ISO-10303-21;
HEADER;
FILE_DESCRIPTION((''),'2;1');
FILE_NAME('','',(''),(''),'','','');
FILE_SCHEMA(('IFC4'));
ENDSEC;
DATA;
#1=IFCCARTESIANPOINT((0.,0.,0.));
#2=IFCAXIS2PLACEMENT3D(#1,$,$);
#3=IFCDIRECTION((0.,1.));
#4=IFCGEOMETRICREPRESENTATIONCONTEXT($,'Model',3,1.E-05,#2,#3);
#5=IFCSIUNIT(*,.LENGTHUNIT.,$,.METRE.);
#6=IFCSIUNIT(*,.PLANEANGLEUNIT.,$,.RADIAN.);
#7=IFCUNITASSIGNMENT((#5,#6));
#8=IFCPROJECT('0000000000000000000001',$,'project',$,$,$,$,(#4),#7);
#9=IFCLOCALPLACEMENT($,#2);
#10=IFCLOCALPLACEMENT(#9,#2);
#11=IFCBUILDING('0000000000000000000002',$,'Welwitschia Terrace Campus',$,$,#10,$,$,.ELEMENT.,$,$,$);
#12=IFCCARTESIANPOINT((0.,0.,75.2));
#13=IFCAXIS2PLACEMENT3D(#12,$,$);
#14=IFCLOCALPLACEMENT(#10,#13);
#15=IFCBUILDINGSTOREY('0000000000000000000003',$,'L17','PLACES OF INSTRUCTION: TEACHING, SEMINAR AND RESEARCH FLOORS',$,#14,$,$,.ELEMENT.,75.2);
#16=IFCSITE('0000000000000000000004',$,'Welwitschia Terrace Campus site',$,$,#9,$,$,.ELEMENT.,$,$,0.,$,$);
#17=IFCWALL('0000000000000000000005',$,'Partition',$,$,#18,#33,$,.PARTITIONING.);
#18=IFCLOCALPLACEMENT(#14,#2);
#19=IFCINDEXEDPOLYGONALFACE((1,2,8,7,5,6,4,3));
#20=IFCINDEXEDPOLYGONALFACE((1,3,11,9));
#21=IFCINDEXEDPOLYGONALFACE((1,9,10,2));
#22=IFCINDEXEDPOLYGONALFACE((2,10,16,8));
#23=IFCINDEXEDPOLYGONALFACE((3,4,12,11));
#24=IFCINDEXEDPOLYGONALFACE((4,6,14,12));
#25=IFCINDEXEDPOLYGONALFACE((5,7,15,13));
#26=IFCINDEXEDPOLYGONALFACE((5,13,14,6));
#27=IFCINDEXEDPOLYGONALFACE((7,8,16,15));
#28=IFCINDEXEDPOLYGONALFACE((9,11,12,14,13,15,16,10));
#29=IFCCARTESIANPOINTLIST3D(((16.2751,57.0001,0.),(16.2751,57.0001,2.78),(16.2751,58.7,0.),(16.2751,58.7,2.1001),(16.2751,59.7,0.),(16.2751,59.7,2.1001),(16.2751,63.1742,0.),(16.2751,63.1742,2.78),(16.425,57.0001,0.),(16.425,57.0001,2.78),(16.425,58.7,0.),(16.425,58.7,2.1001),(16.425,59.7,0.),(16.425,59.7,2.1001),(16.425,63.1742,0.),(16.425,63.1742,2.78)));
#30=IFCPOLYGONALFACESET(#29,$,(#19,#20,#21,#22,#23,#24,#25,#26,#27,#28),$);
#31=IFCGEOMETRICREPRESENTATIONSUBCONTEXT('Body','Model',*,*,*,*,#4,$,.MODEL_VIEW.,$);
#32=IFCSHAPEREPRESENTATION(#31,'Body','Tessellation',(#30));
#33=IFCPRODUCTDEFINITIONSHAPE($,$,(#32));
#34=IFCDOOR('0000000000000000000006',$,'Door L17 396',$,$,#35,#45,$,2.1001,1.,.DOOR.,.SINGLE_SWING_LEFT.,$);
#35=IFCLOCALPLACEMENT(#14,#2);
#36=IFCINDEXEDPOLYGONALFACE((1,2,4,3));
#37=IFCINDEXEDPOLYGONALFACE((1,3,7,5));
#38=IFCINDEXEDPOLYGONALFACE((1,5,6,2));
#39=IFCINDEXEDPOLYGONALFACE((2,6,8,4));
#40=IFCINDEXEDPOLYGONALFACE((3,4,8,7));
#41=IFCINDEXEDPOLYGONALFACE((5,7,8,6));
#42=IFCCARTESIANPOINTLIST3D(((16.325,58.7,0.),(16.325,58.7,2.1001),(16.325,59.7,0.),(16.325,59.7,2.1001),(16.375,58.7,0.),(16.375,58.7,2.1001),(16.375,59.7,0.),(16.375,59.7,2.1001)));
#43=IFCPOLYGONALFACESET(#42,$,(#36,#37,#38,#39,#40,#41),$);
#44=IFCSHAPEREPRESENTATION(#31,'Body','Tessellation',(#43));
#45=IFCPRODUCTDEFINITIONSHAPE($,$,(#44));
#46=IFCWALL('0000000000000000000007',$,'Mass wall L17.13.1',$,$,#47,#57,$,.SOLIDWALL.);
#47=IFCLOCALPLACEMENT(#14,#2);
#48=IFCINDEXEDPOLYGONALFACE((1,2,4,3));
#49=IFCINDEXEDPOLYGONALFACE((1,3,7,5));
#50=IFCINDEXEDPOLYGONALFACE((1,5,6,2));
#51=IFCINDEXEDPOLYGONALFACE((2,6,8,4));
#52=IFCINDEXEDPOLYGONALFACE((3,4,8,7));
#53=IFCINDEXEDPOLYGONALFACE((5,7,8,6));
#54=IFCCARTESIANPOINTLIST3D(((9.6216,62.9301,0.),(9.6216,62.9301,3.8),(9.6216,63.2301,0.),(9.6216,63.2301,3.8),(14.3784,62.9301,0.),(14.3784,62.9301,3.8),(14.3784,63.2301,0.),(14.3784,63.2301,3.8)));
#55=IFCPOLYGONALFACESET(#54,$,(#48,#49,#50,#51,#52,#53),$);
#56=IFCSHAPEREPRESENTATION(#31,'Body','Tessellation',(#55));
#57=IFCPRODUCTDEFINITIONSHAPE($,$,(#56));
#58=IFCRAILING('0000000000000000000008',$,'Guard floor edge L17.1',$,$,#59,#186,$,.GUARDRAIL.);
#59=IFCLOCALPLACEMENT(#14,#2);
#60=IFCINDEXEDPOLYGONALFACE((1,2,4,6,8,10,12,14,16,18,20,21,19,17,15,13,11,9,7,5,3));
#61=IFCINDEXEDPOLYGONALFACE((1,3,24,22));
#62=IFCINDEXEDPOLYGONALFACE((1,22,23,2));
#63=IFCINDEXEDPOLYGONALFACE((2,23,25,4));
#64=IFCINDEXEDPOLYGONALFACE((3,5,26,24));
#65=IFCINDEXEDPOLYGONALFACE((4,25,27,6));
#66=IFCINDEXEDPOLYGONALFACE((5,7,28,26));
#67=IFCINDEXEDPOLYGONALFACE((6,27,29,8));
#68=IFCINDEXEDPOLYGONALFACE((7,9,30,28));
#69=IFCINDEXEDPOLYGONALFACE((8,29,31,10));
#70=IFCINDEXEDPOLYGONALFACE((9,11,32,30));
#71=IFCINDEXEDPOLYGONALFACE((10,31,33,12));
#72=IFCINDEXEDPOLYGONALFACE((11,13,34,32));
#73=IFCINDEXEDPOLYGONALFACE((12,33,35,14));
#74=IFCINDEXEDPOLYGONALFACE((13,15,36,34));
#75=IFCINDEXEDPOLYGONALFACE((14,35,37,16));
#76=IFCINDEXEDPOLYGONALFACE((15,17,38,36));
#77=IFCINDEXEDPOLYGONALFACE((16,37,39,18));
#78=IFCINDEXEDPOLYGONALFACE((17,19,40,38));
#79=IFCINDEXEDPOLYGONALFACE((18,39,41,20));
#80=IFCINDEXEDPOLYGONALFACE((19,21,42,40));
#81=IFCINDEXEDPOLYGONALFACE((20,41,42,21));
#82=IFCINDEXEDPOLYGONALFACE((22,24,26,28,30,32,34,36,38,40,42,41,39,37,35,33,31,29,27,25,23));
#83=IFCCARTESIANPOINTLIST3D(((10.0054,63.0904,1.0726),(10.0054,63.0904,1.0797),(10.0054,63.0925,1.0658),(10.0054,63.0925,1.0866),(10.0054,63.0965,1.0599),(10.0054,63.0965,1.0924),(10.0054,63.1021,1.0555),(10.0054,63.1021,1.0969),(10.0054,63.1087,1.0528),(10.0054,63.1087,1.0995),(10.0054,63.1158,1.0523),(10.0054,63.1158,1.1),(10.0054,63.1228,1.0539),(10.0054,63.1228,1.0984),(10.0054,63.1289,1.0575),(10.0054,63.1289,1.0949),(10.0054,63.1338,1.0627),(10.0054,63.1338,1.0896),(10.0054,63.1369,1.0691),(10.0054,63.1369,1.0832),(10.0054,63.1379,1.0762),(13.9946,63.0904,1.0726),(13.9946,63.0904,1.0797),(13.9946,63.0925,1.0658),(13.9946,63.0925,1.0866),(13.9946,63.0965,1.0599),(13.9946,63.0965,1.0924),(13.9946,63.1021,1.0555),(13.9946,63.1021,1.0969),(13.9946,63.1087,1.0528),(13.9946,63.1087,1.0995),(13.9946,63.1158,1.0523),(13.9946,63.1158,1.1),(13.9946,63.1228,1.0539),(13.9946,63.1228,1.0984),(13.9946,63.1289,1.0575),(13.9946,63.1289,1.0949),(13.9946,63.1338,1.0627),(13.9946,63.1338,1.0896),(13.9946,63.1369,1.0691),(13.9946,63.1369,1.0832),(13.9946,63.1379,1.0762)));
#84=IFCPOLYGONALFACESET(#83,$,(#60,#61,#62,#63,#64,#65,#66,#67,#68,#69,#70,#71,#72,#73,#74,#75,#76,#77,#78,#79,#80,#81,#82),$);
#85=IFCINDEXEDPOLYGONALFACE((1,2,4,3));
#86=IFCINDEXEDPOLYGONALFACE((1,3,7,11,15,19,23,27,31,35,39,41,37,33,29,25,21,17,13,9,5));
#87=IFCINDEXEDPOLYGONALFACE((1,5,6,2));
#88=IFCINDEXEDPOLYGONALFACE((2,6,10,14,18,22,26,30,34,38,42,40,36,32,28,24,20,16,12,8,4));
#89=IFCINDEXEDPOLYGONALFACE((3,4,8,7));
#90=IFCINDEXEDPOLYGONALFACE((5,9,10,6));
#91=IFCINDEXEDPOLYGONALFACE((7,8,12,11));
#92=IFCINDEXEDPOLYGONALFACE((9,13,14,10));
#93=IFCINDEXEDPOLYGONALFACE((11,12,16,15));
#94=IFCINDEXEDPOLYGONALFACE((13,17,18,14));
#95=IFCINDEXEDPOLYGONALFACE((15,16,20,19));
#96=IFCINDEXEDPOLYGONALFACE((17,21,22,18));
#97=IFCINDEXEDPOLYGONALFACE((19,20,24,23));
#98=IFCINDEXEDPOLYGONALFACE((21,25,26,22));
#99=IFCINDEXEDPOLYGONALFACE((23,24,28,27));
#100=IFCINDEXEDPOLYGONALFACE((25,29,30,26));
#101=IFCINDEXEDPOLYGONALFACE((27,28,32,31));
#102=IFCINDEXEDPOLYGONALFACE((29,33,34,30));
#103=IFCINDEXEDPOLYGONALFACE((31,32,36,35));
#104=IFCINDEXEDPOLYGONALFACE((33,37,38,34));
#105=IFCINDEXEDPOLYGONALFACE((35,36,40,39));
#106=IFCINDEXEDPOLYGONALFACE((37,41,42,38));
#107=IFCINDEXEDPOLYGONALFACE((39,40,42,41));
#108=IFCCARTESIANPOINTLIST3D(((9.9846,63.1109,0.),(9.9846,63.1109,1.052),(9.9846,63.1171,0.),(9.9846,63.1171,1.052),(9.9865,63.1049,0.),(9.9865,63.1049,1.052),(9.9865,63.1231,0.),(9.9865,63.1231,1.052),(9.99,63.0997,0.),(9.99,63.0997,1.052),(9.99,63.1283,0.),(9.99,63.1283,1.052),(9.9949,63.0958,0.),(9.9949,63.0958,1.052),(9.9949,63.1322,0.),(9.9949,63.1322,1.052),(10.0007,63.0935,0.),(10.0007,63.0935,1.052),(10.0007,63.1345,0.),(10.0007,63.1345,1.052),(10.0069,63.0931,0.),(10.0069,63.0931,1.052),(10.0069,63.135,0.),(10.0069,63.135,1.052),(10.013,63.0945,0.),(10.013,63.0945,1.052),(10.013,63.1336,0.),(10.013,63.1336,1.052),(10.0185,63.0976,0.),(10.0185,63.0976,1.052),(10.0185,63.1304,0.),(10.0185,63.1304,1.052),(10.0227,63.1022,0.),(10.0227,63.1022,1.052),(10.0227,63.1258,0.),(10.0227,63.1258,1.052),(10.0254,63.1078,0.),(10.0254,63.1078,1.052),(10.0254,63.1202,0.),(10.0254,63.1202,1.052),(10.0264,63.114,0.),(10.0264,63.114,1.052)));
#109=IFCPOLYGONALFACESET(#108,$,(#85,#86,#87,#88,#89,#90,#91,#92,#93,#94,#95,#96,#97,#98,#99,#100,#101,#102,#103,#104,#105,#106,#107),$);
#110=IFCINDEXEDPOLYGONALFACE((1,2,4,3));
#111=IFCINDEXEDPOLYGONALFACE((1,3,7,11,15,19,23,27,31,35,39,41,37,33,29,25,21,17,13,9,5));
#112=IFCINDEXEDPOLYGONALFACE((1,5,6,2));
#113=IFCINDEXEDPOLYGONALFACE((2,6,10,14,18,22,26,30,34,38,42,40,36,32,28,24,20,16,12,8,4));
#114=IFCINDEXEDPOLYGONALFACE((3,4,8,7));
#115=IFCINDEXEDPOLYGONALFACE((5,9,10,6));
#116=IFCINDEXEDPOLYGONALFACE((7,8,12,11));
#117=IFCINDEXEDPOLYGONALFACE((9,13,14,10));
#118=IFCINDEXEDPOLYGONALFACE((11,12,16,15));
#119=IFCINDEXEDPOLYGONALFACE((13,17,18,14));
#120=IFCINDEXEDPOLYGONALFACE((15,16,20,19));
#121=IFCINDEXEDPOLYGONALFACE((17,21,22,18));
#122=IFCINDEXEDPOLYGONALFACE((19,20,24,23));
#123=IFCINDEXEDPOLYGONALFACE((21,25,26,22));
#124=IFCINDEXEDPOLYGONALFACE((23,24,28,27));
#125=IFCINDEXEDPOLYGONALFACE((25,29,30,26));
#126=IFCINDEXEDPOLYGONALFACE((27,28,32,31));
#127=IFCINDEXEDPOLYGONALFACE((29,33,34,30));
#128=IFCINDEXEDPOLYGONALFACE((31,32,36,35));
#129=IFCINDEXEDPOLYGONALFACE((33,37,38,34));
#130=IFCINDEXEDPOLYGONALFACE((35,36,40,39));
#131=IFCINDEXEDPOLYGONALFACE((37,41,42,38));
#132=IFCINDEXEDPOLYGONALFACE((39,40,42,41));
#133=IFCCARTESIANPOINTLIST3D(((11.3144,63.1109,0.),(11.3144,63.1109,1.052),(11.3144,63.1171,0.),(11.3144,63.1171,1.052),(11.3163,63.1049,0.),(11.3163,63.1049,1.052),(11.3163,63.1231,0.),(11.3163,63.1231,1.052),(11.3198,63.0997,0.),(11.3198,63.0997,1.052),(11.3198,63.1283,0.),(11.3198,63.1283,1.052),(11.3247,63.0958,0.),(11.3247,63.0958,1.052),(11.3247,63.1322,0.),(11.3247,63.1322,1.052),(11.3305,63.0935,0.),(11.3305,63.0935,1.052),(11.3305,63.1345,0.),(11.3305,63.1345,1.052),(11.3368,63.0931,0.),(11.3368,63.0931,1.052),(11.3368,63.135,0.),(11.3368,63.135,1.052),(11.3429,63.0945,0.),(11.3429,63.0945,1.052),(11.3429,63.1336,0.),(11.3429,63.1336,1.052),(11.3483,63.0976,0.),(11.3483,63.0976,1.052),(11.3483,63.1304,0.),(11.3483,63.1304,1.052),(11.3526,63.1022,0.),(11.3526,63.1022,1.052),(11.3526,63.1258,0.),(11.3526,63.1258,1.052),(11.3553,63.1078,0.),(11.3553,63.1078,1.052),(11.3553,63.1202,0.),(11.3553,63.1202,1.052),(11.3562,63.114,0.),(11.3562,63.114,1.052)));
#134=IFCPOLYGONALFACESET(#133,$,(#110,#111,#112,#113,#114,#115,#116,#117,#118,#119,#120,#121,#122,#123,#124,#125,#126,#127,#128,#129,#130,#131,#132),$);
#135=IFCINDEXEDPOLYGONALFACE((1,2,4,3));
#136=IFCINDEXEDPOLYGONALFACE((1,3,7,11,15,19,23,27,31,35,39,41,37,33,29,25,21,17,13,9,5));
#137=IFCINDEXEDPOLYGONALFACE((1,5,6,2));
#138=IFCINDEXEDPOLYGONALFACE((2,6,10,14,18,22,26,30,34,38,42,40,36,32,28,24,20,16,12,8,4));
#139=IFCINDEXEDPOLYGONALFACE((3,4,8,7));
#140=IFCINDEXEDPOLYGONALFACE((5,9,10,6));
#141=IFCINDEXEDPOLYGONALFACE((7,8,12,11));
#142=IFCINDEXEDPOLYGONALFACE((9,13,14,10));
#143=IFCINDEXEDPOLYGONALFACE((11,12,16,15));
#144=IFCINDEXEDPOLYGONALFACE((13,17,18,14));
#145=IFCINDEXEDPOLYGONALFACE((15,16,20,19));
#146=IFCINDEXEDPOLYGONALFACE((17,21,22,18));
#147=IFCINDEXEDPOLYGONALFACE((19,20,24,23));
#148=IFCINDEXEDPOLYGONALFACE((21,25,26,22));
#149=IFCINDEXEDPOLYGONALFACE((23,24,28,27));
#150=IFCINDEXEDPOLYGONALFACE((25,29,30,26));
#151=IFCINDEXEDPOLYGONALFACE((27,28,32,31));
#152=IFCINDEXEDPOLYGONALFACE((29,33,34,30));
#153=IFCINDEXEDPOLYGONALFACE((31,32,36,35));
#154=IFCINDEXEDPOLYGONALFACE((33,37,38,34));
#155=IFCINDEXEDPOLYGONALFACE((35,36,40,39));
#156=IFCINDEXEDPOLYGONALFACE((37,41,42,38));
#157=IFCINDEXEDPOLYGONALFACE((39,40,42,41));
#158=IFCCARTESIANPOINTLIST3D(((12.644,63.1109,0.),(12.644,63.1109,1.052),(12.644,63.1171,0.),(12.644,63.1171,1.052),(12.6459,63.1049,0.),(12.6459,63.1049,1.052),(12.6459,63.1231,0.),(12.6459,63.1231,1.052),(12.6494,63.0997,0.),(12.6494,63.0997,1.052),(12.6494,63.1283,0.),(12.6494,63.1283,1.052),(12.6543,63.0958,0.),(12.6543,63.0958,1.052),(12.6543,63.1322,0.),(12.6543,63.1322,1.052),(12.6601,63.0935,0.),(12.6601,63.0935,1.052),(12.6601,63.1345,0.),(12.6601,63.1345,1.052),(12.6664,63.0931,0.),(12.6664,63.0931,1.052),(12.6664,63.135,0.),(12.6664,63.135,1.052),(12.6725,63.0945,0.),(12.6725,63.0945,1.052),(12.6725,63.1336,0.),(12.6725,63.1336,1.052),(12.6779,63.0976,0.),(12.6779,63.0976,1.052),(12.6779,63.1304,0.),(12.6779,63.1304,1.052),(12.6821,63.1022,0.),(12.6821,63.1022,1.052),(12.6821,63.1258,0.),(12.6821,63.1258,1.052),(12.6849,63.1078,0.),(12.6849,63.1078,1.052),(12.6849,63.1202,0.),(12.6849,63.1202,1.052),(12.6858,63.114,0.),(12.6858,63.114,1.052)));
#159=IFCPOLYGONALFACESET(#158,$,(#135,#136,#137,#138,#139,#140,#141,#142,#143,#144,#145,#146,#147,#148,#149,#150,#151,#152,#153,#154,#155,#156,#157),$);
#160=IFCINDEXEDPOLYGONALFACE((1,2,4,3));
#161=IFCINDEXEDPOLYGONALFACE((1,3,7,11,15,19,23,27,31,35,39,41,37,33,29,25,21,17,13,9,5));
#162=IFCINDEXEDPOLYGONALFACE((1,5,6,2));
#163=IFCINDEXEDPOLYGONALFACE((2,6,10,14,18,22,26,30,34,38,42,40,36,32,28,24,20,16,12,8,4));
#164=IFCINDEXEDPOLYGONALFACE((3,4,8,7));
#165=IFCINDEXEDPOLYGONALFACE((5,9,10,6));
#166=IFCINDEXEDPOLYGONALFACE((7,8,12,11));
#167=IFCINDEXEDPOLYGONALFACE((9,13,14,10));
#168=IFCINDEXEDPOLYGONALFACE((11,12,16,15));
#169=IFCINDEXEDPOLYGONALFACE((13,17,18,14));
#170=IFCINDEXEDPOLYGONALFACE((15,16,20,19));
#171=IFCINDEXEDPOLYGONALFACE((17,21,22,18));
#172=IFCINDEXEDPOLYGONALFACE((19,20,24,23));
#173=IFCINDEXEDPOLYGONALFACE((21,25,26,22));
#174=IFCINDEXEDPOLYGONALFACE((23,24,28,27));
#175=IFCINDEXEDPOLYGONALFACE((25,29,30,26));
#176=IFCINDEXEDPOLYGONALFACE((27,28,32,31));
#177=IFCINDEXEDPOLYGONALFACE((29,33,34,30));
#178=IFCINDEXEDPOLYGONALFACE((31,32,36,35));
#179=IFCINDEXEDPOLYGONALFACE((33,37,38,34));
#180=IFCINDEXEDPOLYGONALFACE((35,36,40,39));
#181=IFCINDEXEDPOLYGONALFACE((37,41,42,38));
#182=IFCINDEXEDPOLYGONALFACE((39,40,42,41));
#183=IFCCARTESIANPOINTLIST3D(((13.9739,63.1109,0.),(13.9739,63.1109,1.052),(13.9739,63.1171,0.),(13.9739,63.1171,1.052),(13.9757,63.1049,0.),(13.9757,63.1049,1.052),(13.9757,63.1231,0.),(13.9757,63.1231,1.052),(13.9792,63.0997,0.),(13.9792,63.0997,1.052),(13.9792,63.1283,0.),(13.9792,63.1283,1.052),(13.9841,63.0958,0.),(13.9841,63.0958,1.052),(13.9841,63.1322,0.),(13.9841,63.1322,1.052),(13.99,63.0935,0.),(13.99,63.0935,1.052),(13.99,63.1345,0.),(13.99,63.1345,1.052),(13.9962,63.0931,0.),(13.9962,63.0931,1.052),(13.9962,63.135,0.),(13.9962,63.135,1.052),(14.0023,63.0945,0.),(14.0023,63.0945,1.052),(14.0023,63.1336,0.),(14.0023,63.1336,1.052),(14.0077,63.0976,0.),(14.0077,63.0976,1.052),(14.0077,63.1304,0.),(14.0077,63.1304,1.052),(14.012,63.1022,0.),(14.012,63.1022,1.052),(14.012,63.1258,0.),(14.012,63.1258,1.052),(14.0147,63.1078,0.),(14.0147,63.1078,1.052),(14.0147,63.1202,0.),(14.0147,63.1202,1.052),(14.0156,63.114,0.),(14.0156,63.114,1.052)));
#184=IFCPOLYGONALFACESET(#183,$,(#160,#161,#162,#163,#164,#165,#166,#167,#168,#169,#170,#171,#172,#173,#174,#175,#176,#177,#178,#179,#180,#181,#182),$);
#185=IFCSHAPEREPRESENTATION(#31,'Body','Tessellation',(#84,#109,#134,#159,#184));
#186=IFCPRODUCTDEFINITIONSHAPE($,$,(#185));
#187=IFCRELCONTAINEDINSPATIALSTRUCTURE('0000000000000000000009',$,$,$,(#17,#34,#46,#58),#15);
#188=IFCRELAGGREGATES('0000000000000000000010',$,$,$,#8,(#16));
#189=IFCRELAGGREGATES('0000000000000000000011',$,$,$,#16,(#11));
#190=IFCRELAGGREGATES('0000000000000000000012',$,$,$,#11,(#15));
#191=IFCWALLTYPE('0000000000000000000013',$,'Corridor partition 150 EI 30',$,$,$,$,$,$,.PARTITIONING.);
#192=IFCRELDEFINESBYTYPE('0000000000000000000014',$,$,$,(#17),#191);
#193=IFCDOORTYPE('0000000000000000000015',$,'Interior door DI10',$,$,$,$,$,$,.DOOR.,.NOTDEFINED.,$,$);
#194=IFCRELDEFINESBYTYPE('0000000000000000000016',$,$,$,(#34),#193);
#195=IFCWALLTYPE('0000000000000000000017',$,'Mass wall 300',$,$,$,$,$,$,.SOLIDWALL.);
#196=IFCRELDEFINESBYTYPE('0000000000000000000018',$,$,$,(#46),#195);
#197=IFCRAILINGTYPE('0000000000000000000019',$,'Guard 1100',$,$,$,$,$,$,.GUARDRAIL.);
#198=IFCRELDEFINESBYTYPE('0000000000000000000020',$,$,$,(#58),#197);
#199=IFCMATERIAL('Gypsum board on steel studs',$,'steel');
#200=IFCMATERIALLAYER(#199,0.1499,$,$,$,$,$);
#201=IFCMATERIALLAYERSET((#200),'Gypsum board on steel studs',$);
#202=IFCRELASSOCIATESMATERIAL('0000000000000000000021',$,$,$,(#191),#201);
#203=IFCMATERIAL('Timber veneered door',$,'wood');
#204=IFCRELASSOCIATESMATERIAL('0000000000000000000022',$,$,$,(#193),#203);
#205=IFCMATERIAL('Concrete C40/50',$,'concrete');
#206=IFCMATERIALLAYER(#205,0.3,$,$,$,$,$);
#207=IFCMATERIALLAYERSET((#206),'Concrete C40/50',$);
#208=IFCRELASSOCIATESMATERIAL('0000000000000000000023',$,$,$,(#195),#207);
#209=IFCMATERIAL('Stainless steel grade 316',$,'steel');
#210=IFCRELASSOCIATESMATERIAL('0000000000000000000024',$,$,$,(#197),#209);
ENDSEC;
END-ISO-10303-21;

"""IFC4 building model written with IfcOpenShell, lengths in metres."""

from ifc_helpers import new_model, si_unit, direction, frame, frame_2d, origin, origin_2d, place, context, subcontext, project, spatial, rectangle, circle, extrude, material, layer, layer_set, type_object, element, fill, save


model = new_model("IFC4")

# Units and contexts
model_context = context("Model", 3, precision=1e-05, world=origin(), true_north=direction((0.0, 1.0)))
body_context = subcontext(model_context, "Body", "Model", "MODEL_VIEW")
ifc_project = project(units=[si_unit("LENGTHUNIT", "METRE"), si_unit("PLANEANGLEUNIT", "RADIAN")], contexts=[model_context])

# Site, building, storey
site_placement = place(None, origin())
site = spatial("IfcSite", under=ifc_project, at=site_placement, Name="Welwitschia Terrace Campus site", CompositionType="ELEMENT", RefElevation=0.0)
building_placement = place(site_placement, origin())
building = spatial("IfcBuilding", under=site, at=building_placement, Name="Welwitschia Terrace Campus", CompositionType="ELEMENT")
storey_placement = place(building_placement, frame((0.0, 0.0, 75.2)))
storey = spatial("IfcBuildingStorey", under=building, at=storey_placement, Name="L17", Description="PLACES OF INSTRUCTION: TEACHING, SEMINAR AND RESEARCH FLOORS", CompositionType="ELEMENT", Elevation=75.2)

# Shared definitions
ifc_material_1 = material(Name="Gypsum board on steel studs", Category="steel")
ifc_layer_1 = layer(ifc_material_1, 0.1499)
ifc_layer_set_1 = layer_set([ifc_layer_1], Name="Gypsum board on steel studs")
wall_type_1 = type_object("IfcWallType", Name="Corridor partition 150 EI 30", PredefinedType="PARTITIONING", material=ifc_layer_set_1)
ifc_material_2 = material(Name="Timber veneered door", Category="wood")
door_type_1 = type_object("IfcDoorType", Name="Interior door DI10", OperationType="NOTDEFINED", PredefinedType="DOOR", material=ifc_material_2)

# Wall, opening, door
wall_1_placement = place(storey_placement, frame((16.3501, 63.1741, 0.0), z_axis=(0.0, 0.0, 1.0), x_axis=(0.0, -1.0, 0.0)))
wall_1 = element("IfcWall", 1, at=wall_1_placement, inside=storey, type_object=wall_type_1, Name="Partition", PredefinedType="PARTITIONING", context=body_context, shape_type="SweptSolid", body=[
    extrude(rectangle(XDim=6.1741, YDim=0.1499, at=frame_2d((3.0869, 0.0))), origin(), (0.0, 0.0, 1.0), 2.78),
])
opening_1_placement = place(wall_1_placement, frame((3.4741, 0.0, 0.0)))
opening_1 = element("IfcOpeningElement", 2, at=opening_1_placement, cuts=wall_1, PredefinedType="OPENING", context=body_context, shape_type="SweptSolid", body=[
    extrude(rectangle(XDim=1.0, YDim=2.1001, at=frame_2d((0.5, 1.05))), frame((0.0, 0.085, 0.0), z_axis=(0.0, -1.0, 0.0), x_axis=(1.0, 0.0, 0.0)), (0.0, 0.0, 1.0), 0.1699),
])
door_1_placement = place(opening_1_placement, origin())
door_1 = element("IfcDoor", 3, at=door_1_placement, inside=storey, type_object=door_type_1, Name="Door L17 396", OperationType="SINGLE_SWING_LEFT", OverallHeight=2.1001, OverallWidth=1.0, PredefinedType="DOOR", context=body_context, shape_type="SweptSolid", body=[
    extrude(rectangle(XDim=1.0, YDim=2.1001, at=frame_2d((0.5, 1.05))), frame((0.0, 0.0249, 0.0), z_axis=(0.0, -1.0, 0.0), x_axis=(1.0, 0.0, 0.0)), (0.0, 0.0, 1.0), 0.05),
])
fill(opening_1, door_1)

# Wall
ifc_material_3 = material(Name="Concrete C40/50", Category="concrete")
ifc_layer_2 = layer(ifc_material_3, 0.3)
ifc_layer_set_2 = layer_set([ifc_layer_2], Name="Concrete C40/50")
wall_type_2 = type_object("IfcWallType", Name="Mass wall 300", PredefinedType="SOLIDWALL", material=ifc_layer_set_2)
wall_2_placement = place(storey_placement, frame((14.3784, 63.0801, 0.0), z_axis=(0.0, 0.0, 1.0), x_axis=(-1.0, 0.0, 0.0)))
element("IfcWall", 4, at=wall_2_placement, inside=storey, type_object=wall_type_2, Name="Mass wall L17.13.1", PredefinedType="SOLIDWALL", context=body_context, shape_type="SweptSolid", body=[
    extrude(rectangle(XDim=4.7568, YDim=0.3, at=frame_2d((2.3784, 0.0))), origin(), (0.0, 0.0, 1.0), 3.8),
])

# Railing
ifc_material_4 = material(Name="Stainless steel grade 316", Category="steel")
railing_type = type_object("IfcRailingType", Name="Guard 1100", PredefinedType="GUARDRAIL", material=ifc_material_4)
railing_1_placement = place(storey_placement, frame((10.0054, 63.114, 0.0)))
element("IfcRailing", 5, at=railing_1_placement, inside=storey, type_object=railing_type, Name="Guard floor edge L17.1", PredefinedType="GUARDRAIL", context=body_context, shape_type="SweptSolid", body=[
    extrude(circle(Radius=0.0239, at=origin_2d()), frame((0.0, 0.0, 1.0762), z_axis=(1.0, 0.0, 0.0), x_axis=(0.0, 1.0, 0.0)), (0.0, 0.0, 1.0), 3.9893),
    extrude(circle(Radius=0.021, at=origin_2d()), origin(), (0.0, 0.0, 1.0), 1.052),
    extrude(circle(Radius=0.021, at=origin_2d()), frame((1.3298, 0.0, 0.0)), (0.0, 0.0, 1.0), 1.052),
    extrude(circle(Radius=0.021, at=origin_2d()), frame((2.6594, 0.0, 0.0)), (0.0, 0.0, 1.0), 1.052),
    extrude(circle(Radius=0.021, at=origin_2d()), frame((3.9893, 0.0, 0.0)), (0.0, 0.0, 1.0), 1.052),
])

save(model, "model.ifc")
